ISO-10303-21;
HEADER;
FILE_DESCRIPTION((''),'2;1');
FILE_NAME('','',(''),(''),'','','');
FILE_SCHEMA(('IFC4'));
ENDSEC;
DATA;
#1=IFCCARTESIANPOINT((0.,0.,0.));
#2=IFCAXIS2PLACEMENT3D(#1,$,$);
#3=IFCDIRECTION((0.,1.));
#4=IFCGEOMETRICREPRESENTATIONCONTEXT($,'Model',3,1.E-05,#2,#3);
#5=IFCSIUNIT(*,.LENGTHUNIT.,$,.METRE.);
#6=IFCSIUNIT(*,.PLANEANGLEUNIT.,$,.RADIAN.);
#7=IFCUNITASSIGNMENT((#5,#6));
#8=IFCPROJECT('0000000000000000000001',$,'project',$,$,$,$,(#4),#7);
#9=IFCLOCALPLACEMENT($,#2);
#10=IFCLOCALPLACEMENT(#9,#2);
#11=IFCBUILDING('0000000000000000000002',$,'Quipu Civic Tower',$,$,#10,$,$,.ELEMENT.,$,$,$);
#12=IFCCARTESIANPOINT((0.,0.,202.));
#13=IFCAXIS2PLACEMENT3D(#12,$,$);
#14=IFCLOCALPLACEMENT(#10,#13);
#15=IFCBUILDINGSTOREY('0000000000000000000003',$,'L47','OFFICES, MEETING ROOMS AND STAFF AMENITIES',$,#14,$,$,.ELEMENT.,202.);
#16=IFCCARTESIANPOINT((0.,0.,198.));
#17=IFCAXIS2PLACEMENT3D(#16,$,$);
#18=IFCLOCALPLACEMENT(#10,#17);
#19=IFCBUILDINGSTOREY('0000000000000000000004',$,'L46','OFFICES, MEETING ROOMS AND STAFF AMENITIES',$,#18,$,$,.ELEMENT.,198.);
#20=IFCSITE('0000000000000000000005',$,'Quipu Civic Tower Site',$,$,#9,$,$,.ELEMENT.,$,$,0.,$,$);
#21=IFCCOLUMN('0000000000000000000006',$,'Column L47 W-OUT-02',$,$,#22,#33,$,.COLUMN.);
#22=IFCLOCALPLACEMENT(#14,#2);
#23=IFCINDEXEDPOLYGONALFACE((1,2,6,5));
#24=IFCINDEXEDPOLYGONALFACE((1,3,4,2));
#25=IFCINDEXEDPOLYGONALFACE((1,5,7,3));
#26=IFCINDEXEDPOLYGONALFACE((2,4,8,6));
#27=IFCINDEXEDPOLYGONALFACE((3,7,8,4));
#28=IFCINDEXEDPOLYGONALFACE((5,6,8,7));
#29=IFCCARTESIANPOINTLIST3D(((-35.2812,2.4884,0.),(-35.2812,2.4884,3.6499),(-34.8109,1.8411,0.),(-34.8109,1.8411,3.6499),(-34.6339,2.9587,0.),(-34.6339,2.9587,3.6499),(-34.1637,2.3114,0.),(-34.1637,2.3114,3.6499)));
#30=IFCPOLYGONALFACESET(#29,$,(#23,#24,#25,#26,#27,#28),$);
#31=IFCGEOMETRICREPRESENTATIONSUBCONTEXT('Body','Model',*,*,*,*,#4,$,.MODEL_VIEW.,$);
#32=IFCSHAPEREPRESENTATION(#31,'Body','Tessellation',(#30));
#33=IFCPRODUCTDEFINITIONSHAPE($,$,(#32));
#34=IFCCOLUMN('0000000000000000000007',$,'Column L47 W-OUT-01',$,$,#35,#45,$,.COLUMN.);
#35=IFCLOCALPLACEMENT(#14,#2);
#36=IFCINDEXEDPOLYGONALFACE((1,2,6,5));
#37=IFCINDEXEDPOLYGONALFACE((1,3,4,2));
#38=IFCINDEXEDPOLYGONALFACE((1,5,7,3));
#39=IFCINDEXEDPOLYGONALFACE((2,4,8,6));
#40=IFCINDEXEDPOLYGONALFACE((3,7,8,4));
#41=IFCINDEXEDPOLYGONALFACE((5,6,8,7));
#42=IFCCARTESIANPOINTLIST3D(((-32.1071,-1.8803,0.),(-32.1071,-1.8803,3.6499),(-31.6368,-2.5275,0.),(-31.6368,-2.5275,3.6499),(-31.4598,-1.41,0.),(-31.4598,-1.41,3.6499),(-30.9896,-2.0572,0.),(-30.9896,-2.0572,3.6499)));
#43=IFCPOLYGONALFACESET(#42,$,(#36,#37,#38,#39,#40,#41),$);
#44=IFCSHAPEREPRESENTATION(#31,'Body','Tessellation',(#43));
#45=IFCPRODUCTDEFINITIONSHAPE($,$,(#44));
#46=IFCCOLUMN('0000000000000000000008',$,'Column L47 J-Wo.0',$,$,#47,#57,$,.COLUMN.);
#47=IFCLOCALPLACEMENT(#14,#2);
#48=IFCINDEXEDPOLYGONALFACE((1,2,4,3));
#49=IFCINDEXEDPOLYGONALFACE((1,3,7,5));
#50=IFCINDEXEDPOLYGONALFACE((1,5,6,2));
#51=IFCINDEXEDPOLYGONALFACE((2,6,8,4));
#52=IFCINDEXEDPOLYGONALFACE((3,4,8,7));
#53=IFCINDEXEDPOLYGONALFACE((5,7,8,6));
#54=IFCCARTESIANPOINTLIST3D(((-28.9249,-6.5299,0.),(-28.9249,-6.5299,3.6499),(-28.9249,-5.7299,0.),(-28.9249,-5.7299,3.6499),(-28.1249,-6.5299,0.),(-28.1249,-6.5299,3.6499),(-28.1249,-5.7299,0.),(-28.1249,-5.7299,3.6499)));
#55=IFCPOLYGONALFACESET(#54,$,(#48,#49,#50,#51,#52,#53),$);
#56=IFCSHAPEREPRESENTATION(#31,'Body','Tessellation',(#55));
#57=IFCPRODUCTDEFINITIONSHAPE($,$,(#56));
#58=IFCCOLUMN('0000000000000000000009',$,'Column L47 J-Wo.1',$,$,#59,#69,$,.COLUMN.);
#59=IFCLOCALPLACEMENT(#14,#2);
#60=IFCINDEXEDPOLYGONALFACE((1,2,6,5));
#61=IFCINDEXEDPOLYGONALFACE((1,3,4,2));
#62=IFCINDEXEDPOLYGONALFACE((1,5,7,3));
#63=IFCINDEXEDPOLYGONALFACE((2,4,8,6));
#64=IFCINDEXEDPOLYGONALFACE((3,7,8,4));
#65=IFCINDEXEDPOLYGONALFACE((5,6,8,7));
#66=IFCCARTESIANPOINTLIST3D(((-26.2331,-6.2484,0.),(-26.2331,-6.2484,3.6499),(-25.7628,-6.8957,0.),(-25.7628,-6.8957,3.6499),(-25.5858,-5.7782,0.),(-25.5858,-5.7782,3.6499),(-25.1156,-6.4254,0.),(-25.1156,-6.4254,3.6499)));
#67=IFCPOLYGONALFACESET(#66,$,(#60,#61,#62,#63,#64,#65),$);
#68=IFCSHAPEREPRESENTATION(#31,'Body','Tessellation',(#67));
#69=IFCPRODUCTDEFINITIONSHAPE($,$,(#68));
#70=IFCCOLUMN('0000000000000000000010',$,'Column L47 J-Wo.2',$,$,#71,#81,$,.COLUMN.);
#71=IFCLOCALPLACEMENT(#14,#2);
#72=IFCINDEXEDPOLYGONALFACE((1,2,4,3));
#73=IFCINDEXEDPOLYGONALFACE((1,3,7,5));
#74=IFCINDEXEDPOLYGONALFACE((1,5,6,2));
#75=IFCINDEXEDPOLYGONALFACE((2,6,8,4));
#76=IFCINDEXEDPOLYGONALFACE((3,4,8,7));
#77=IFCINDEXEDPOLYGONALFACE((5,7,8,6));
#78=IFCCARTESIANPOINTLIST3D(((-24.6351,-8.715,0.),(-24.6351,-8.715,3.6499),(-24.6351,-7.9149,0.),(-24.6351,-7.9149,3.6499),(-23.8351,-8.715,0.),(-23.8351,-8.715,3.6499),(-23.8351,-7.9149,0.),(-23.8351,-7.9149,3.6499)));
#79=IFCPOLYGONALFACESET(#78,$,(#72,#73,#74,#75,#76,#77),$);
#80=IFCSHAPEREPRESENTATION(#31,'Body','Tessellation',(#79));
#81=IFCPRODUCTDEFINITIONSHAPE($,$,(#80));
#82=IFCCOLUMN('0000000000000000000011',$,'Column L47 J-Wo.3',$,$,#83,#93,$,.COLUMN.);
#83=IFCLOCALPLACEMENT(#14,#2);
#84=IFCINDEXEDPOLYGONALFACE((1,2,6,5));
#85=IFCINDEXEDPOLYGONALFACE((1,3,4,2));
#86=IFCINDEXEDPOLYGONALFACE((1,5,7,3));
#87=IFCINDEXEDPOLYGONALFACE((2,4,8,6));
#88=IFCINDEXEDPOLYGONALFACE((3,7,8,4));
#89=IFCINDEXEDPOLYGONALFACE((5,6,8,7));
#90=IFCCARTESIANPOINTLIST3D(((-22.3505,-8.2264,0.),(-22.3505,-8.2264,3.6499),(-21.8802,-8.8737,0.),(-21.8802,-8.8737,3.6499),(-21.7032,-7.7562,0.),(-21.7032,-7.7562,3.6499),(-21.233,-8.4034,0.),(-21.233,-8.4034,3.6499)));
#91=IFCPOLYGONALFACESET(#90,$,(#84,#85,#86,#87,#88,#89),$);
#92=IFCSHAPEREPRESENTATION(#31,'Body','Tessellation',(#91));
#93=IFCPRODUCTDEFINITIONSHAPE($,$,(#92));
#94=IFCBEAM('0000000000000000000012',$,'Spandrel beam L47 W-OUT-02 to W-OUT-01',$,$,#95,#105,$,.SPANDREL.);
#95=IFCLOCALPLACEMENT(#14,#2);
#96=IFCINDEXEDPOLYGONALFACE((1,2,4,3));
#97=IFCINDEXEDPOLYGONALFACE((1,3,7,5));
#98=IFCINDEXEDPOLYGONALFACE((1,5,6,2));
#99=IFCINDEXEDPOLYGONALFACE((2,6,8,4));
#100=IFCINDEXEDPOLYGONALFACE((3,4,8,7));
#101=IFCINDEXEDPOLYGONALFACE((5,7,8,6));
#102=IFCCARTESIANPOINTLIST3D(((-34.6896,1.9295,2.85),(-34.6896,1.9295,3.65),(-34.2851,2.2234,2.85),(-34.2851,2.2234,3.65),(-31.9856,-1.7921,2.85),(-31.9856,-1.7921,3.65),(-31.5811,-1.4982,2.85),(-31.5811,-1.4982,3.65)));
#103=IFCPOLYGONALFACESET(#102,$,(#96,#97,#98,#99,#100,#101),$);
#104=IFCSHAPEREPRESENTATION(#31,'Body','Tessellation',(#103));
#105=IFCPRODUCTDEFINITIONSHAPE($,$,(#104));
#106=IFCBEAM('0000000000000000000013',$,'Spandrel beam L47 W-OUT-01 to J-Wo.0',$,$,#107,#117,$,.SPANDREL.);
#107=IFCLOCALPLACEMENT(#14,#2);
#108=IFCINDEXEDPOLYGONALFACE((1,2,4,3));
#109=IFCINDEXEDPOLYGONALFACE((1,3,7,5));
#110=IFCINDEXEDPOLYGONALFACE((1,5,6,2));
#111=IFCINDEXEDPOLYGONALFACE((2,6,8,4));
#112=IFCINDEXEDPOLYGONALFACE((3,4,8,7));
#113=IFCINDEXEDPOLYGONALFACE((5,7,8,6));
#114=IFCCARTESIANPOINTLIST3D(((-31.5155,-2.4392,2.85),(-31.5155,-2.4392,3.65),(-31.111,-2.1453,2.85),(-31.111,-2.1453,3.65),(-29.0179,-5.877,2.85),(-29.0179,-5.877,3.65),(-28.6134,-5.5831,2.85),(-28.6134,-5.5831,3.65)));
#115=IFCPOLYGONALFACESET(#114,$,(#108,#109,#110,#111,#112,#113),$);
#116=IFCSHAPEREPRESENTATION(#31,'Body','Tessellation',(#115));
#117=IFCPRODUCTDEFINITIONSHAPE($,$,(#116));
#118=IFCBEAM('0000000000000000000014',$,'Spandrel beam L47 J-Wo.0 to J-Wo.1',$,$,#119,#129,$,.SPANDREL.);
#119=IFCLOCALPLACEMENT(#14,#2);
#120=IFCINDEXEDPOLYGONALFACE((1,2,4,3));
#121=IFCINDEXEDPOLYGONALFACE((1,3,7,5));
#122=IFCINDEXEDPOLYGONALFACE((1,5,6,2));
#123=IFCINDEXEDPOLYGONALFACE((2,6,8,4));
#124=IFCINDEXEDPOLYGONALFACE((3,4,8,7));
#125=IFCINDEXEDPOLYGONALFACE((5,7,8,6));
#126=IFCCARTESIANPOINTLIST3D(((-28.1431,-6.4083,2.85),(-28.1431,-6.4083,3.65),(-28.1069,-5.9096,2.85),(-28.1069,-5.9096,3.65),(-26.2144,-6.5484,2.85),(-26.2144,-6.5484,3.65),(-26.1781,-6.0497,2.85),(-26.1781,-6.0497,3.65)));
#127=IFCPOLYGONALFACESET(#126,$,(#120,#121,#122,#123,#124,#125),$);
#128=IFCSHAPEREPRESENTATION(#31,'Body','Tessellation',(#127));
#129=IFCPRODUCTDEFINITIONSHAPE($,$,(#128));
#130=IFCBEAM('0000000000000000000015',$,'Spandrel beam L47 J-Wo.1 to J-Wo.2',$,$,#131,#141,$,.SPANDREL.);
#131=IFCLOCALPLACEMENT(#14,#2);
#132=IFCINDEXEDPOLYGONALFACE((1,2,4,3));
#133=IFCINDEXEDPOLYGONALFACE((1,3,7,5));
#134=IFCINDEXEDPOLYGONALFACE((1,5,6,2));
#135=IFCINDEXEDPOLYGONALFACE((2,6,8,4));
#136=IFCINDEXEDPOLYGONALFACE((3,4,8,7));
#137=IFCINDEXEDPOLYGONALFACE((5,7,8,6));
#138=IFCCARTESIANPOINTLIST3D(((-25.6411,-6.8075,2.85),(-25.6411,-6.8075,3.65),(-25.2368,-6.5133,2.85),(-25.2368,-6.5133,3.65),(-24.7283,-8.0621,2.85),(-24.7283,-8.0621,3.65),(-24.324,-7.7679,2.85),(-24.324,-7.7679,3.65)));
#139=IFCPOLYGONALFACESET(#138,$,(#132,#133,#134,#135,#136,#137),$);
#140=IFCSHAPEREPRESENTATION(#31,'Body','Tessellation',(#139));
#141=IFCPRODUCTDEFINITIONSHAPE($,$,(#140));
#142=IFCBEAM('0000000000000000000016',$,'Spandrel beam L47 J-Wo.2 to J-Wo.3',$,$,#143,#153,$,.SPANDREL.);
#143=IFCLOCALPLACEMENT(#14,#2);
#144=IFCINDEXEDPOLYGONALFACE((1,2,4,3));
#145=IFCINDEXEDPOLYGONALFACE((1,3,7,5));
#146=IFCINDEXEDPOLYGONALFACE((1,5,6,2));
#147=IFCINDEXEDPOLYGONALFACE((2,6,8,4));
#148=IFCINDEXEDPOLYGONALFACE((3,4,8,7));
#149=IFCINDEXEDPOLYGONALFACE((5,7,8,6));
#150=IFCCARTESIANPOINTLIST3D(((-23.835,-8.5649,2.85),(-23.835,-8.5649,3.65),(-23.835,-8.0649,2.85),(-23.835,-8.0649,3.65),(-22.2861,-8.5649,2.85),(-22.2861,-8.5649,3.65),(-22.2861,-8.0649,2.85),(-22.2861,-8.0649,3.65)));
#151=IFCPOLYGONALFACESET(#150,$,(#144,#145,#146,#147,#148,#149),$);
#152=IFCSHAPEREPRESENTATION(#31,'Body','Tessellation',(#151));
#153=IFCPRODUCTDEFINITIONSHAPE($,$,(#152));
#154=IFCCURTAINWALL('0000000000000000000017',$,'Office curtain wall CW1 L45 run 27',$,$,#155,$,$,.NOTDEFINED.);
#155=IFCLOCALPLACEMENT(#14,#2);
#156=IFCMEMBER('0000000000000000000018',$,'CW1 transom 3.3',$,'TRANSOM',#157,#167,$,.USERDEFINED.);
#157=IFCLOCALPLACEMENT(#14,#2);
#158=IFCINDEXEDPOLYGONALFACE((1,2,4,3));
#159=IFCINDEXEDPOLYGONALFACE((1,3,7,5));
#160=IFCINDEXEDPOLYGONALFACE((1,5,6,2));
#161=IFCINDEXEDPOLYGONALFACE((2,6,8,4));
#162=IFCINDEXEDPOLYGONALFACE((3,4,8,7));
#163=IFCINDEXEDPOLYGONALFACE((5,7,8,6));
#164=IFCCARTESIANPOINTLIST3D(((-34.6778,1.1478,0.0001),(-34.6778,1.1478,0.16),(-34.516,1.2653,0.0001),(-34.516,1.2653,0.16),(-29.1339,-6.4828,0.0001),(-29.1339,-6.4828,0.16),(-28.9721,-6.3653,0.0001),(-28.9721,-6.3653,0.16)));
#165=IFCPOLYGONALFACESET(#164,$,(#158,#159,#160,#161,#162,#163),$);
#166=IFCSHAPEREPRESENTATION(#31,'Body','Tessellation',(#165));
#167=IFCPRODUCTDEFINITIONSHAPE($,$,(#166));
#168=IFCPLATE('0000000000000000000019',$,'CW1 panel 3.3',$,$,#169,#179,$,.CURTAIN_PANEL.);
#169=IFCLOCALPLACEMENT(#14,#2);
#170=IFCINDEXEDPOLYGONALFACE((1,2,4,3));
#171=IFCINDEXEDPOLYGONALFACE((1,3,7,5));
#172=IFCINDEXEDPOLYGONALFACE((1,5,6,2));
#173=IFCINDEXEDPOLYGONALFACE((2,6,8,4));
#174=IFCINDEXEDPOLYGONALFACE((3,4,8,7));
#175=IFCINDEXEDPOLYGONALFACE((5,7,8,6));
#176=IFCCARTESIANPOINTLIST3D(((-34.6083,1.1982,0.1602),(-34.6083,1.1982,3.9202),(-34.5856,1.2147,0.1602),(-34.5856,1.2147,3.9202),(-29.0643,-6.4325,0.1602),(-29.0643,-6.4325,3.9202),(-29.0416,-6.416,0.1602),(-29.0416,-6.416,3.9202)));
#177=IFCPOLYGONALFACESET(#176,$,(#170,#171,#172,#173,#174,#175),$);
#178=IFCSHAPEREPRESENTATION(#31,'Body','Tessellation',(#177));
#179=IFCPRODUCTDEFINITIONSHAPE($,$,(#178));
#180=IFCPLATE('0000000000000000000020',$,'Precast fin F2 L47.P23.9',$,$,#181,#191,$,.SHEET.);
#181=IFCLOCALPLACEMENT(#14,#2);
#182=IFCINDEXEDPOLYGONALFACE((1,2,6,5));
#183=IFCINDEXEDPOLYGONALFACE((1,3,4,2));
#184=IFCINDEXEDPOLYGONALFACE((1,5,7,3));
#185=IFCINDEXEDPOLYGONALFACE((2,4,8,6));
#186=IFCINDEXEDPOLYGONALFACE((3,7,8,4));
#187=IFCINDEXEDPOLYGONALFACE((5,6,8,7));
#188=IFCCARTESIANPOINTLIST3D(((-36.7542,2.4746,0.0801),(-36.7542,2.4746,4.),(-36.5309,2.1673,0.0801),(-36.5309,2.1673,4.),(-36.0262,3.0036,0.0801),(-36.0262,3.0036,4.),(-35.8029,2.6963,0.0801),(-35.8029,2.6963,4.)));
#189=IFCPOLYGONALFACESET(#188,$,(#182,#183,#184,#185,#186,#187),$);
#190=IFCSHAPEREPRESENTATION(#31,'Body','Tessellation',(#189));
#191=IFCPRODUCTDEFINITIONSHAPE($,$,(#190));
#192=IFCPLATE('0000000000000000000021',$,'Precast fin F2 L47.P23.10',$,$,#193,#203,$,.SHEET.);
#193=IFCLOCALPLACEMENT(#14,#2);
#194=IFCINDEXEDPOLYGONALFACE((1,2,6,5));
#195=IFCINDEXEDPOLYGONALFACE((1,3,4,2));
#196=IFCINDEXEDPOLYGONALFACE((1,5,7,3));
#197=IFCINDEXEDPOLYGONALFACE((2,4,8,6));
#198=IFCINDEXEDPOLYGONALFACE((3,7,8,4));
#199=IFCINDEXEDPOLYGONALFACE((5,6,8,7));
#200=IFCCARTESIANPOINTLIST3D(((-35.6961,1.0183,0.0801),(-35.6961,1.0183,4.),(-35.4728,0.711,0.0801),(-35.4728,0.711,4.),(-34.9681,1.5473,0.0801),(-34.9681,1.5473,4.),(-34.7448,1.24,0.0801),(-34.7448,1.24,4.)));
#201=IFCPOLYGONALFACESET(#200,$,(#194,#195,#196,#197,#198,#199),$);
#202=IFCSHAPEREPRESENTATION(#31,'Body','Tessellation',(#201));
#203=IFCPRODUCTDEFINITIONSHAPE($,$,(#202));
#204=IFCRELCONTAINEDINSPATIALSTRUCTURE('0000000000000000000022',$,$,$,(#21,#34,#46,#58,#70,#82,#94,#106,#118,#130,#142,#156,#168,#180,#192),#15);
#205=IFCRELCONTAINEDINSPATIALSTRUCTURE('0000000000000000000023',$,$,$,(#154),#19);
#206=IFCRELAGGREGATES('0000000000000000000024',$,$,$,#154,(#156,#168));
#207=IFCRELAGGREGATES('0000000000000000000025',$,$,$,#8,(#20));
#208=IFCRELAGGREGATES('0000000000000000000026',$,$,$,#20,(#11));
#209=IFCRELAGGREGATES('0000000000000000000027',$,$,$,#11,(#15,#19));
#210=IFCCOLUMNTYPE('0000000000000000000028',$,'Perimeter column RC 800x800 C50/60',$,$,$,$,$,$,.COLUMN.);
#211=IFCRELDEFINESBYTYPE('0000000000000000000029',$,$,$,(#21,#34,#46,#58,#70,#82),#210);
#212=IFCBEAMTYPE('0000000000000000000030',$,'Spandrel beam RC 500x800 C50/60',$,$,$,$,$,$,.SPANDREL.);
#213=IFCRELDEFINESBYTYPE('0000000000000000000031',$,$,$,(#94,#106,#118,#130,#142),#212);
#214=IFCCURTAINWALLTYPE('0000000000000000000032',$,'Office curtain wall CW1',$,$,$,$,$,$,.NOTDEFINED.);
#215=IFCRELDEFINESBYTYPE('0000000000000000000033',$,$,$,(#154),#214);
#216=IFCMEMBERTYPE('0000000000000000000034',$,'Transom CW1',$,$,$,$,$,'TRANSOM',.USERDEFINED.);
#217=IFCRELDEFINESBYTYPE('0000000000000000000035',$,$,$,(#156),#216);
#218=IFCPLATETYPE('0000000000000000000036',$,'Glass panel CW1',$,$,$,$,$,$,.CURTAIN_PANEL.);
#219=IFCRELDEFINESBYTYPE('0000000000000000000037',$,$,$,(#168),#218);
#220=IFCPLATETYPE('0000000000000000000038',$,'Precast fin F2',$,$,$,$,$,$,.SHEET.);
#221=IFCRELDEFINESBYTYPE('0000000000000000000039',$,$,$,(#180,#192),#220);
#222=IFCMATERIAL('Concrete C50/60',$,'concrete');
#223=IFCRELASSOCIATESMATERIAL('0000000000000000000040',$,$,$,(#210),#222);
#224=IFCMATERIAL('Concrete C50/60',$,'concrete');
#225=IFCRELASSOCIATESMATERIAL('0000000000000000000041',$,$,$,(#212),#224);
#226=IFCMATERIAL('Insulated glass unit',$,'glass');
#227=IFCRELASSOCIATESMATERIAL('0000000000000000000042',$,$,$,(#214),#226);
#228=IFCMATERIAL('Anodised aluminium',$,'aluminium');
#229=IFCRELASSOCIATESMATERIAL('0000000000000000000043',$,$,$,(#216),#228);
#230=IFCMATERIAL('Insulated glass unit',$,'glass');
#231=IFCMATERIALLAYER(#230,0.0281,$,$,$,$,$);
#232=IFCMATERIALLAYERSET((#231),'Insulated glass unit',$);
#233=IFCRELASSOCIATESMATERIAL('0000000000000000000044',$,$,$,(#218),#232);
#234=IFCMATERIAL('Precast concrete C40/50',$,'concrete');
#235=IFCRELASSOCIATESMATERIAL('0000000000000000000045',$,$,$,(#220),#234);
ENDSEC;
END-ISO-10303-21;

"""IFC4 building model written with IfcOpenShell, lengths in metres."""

from ifc_helpers import new_model, si_unit, direction, frame, origin, origin_2d, place, context, subcontext, project, spatial, rectangle, extrude, material, layer, layer_set, material_profile, profile_set, type_object, element, aggregate, save


model = new_model("IFC4")

# Units and contexts
model_context = context("Model", 3, precision=1e-05, world=origin(), true_north=direction((0.0, 1.0)))
body_context = subcontext(model_context, "Body", "Model", "MODEL_VIEW")
ifc_project = project(units=[si_unit("LENGTHUNIT", "METRE"), si_unit("PLANEANGLEUNIT", "RADIAN")], contexts=[model_context])

# Site, building, storey
site_placement = place(None, origin())
site = spatial("IfcSite", under=ifc_project, at=site_placement, Name="Quipu Civic Tower Site", CompositionType="ELEMENT", RefElevation=0.0)
building_placement = place(site_placement, origin())
building = spatial("IfcBuilding", under=site, at=building_placement, Name="Quipu Civic Tower", CompositionType="ELEMENT")
storey_1_placement = place(building_placement, frame((0.0, 0.0, 202.0)))
storey_1 = spatial("IfcBuildingStorey", under=building, at=storey_1_placement, Name="L47", Description="OFFICES, MEETING ROOMS AND STAFF AMENITIES", CompositionType="ELEMENT", Elevation=202.0)

# Columns
ifc_material_1 = material(Name="Concrete C50/60", Category="concrete")
ifc_material_profile_1 = material_profile(ifc_material_1, rectangle(XDim=0.8, YDim=0.8, at=origin_2d()), Name="RC800x800")
ifc_profile_set_1 = profile_set([ifc_material_profile_1], Name="Concrete C50/60")
column_type = type_object("IfcColumnType", Name="Perimeter column RC 800x800 C50/60", PredefinedType="COLUMN", material=ifc_profile_set_1)
for number, where, z_axis, x_axis, name in (
    (1, (-34.7224, 2.3999, 0.0), (0.0, 0.0, 1.0), (0.587785, -0.809017, 0.0), "Column L47 W-OUT-02"),
    (2, (-31.5483, -1.9688, 0.0), (0.0, 0.0, 1.0), (0.587785, -0.809017, 0.0), "Column L47 W-OUT-01"),
    (3, (-28.5249, -6.1299, 0.0), (0.0, 0.0, 1.0), (1.0, 0.0, 0.0), "Column L47 J-Wo.0"),
    (4, (-25.6743, -6.3369, 0.0), (0.0, 0.0, 1.0), (0.587785, -0.809017, 0.0), "Column L47 J-Wo.1"),
    (5, (-24.2351, -8.3149, 0.0), (0.0, 0.0, 1.0), (1.0, 0.0, 0.0), "Column L47 J-Wo.2"),
    (6, (-21.7917, -8.3149, 0.0), (0.0, 0.0, 1.0), (0.587785, -0.809017, 0.0), "Column L47 J-Wo.3"),
):
    element("IfcColumn", number, at=place(storey_1_placement, frame(where, z_axis=z_axis, x_axis=x_axis)), inside=storey_1, type_object=column_type, Name=name, PredefinedType="COLUMN", context=body_context, shape_type="SweptSolid", body=[
        extrude(rectangle(XDim=0.8, YDim=0.8, at=origin_2d()), origin(), (0.0, 0.0, 1.0), 3.6499),
    ])

# Beams
ifc_material_2 = material(Name="Concrete C50/60", Category="concrete")
ifc_material_profile_2 = material_profile(ifc_material_2, rectangle(XDim=0.5, YDim=0.8, at=origin_2d()), Name="RC500x800")
ifc_profile_set_2 = profile_set([ifc_material_profile_2], Name="Concrete C50/60")
beam_type = type_object("IfcBeamType", Name="Spandrel beam RC 500x800 C50/60", PredefinedType="SPANDREL", material=ifc_profile_set_2)
beam_1_placement = place(storey_1_placement, frame((-34.4873, 2.0764, 3.25), z_axis=(0.587796, -0.809009, 0.0), x_axis=(0.809009, 0.587796, 0.0)))
element("IfcBeam", 7, at=beam_1_placement, inside=storey_1, type_object=beam_type, Name="Spandrel beam L47 W-OUT-02 to W-OUT-01", PredefinedType="SPANDREL", context=body_context, shape_type="SweptSolid", body=[
    extrude(rectangle(XDim=0.5, YDim=0.8, at=origin_2d()), origin(), (0.0, 0.0, 1.0), 4.6001),
])
beam_2_placement = place(storey_1_placement, frame((-31.3132, -2.2922, 3.25), z_axis=(0.587769, -0.809029, 0.0), x_axis=(0.809029, 0.587769, 0.0)))
element("IfcBeam", 8, at=beam_2_placement, inside=storey_1, type_object=beam_type, Name="Spandrel beam L47 W-OUT-01 to J-Wo.0", PredefinedType="SPANDREL", context=body_context, shape_type="SweptSolid", body=[
    extrude(rectangle(XDim=0.5, YDim=0.8, at=origin_2d()), origin(), (0.0, 0.0, 1.0), 4.2493),
])
beam_3_placement = place(storey_1_placement, frame((-28.125, -6.1589, 3.25), z_axis=(0.997371, -0.072467, 0.0), x_axis=(0.072467, 0.997371, 0.0)))
element("IfcBeam", 9, at=beam_3_placement, inside=storey_1, type_object=beam_type, Name="Spandrel beam L47 J-Wo.0 to J-Wo.1", PredefinedType="SPANDREL", context=body_context, shape_type="SweptSolid", body=[
    extrude(rectangle(XDim=0.5, YDim=0.8, at=origin_2d()), origin(), (0.0, 0.0, 1.0), 1.9338),
])
beam_4_placement = place(storey_1_placement, frame((-25.439, -6.6604, 3.25), z_axis=(0.588331, -0.80862, 0.0), x_axis=(0.80862, 0.588331, 0.0)))
element("IfcBeam", 10, at=beam_4_placement, inside=storey_1, type_object=beam_type, Name="Spandrel beam L47 J-Wo.1 to J-Wo.2", PredefinedType="SPANDREL", context=body_context, shape_type="SweptSolid", body=[
    extrude(rectangle(XDim=0.5, YDim=0.8, at=origin_2d()), origin(), (0.0, 0.0, 1.0), 1.5515),
])
beam_5_placement = place(storey_1_placement, frame((-23.835, -8.3149, 3.25), z_axis=(1.0, 0.0, 0.0), x_axis=(0.0, 1.0, 0.0)))
element("IfcBeam", 11, at=beam_5_placement, inside=storey_1, type_object=beam_type, Name="Spandrel beam L47 J-Wo.2 to J-Wo.3", PredefinedType="SPANDREL", context=body_context, shape_type="SweptSolid", body=[
    extrude(rectangle(XDim=0.5, YDim=0.8, at=origin_2d()), origin(), (0.0, 0.0, 1.0), 1.5488),
])

# Shared definitions
storey_2_placement = place(building_placement, frame((0.0, 0.0, 198.0)))
storey_2 = spatial("IfcBuildingStorey", under=building, at=storey_2_placement, Name="L46", Description="OFFICES, MEETING ROOMS AND STAFF AMENITIES", CompositionType="ELEMENT", Elevation=198.0)

# Curtain wall, member, plate
ifc_material_3 = material(Name="Insulated glass unit", Category="glass")
curtain_wall_type = type_object("IfcCurtainWallType", Name="Office curtain wall CW1", PredefinedType="NOTDEFINED", material=ifc_material_3)
curtain_wall_placement = place(storey_2_placement, origin())
curtain_wall = element("IfcCurtainWall", 12, at=curtain_wall_placement, inside=storey_2, type_object=curtain_wall_type, Name="Office curtain wall CW1 L45 run 27", PredefinedType="NOTDEFINED")
ifc_material_4 = material(Name="Anodised aluminium", Category="aluminium")
ifc_material_profile_3 = material_profile(ifc_material_4, rectangle(XDim=0.2, YDim=0.1599, at=origin_2d()), Name="RECT 200x160")
ifc_profile_set_3 = profile_set([ifc_material_profile_3], Name="Anodised aluminium")
member_type = type_object("IfcMemberType", Name="Transom CW1", ElementType="TRANSOM", PredefinedType="USERDEFINED", material=ifc_profile_set_3)
member_placement = place(storey_1_placement, frame((-34.5969, 1.2065, 0.0801), z_axis=(0.587784, -0.809018, 0.0), x_axis=(0.809018, 0.587784, 0.0)))
member = element("IfcMember", 13, at=member_placement, inside=storey_1, type_object=member_type, Name="CW1 transom 3.3", ObjectType="TRANSOM", PredefinedType="USERDEFINED", context=body_context, shape_type="SweptSolid", body=[
    extrude(rectangle(XDim=0.2, YDim=0.1599, at=origin_2d()), origin(), (0.0, 0.0, 1.0), 9.4319),
])
ifc_material_5 = material(Name="Insulated glass unit", Category="glass")
ifc_layer = layer(ifc_material_5, 0.0281)
ifc_layer_set = layer_set([ifc_layer], Name="Insulated glass unit")
plate_type_1 = type_object("IfcPlateType", Name="Glass panel CW1", PredefinedType="CURTAIN_PANEL", material=ifc_layer_set)
plate_placement = place(storey_1_placement, frame((-31.825, -2.6089, 0.1602), z_axis=(0.0, 0.0, 1.0), x_axis=(0.587786, -0.809017, 0.0)))
plate = element("IfcPlate", 14, at=plate_placement, inside=storey_1, type_object=plate_type_1, Name="CW1 panel 3.3", PredefinedType="CURTAIN_PANEL", context=body_context, shape_type="SweptSolid", body=[
    extrude(rectangle(XDim=9.4321, YDim=0.0281, at=origin_2d()), origin(), (0.0, 0.0, 1.0), 3.76),
])
aggregate(curtain_wall, [member, plate])

# Plates
ifc_material_6 = material(Name="Precast concrete C40/50", Category="concrete")
plate_type_2 = type_object("IfcPlateType", Name="Precast fin F2", PredefinedType="SHEET", material=ifc_material_6)
for number, where, z_axis, x_axis, name in (
    (15, (-36.2786, 2.5854, 0.0801), (0.0, 0.0, 1.0), (0.587786, -0.809017, 0.0), "Precast fin F2 L47.P23.9"),
    (16, (-35.2205, 1.1292, 0.0801), (0.0, 0.0, 1.0), (0.587786, -0.809017, 0.0), "Precast fin F2 L47.P23.10"),
):
    element("IfcPlate", number, at=place(storey_1_placement, frame(where, z_axis=z_axis, x_axis=x_axis)), inside=storey_1, type_object=plate_type_2, Name=name, PredefinedType="SHEET", context=body_context, shape_type="SweptSolid", body=[
        extrude(rectangle(XDim=0.3799, YDim=0.8999, at=origin_2d()), origin(), (0.0, 0.0, 1.0), 3.9199),
    ])

save(model, "model.ifc")
